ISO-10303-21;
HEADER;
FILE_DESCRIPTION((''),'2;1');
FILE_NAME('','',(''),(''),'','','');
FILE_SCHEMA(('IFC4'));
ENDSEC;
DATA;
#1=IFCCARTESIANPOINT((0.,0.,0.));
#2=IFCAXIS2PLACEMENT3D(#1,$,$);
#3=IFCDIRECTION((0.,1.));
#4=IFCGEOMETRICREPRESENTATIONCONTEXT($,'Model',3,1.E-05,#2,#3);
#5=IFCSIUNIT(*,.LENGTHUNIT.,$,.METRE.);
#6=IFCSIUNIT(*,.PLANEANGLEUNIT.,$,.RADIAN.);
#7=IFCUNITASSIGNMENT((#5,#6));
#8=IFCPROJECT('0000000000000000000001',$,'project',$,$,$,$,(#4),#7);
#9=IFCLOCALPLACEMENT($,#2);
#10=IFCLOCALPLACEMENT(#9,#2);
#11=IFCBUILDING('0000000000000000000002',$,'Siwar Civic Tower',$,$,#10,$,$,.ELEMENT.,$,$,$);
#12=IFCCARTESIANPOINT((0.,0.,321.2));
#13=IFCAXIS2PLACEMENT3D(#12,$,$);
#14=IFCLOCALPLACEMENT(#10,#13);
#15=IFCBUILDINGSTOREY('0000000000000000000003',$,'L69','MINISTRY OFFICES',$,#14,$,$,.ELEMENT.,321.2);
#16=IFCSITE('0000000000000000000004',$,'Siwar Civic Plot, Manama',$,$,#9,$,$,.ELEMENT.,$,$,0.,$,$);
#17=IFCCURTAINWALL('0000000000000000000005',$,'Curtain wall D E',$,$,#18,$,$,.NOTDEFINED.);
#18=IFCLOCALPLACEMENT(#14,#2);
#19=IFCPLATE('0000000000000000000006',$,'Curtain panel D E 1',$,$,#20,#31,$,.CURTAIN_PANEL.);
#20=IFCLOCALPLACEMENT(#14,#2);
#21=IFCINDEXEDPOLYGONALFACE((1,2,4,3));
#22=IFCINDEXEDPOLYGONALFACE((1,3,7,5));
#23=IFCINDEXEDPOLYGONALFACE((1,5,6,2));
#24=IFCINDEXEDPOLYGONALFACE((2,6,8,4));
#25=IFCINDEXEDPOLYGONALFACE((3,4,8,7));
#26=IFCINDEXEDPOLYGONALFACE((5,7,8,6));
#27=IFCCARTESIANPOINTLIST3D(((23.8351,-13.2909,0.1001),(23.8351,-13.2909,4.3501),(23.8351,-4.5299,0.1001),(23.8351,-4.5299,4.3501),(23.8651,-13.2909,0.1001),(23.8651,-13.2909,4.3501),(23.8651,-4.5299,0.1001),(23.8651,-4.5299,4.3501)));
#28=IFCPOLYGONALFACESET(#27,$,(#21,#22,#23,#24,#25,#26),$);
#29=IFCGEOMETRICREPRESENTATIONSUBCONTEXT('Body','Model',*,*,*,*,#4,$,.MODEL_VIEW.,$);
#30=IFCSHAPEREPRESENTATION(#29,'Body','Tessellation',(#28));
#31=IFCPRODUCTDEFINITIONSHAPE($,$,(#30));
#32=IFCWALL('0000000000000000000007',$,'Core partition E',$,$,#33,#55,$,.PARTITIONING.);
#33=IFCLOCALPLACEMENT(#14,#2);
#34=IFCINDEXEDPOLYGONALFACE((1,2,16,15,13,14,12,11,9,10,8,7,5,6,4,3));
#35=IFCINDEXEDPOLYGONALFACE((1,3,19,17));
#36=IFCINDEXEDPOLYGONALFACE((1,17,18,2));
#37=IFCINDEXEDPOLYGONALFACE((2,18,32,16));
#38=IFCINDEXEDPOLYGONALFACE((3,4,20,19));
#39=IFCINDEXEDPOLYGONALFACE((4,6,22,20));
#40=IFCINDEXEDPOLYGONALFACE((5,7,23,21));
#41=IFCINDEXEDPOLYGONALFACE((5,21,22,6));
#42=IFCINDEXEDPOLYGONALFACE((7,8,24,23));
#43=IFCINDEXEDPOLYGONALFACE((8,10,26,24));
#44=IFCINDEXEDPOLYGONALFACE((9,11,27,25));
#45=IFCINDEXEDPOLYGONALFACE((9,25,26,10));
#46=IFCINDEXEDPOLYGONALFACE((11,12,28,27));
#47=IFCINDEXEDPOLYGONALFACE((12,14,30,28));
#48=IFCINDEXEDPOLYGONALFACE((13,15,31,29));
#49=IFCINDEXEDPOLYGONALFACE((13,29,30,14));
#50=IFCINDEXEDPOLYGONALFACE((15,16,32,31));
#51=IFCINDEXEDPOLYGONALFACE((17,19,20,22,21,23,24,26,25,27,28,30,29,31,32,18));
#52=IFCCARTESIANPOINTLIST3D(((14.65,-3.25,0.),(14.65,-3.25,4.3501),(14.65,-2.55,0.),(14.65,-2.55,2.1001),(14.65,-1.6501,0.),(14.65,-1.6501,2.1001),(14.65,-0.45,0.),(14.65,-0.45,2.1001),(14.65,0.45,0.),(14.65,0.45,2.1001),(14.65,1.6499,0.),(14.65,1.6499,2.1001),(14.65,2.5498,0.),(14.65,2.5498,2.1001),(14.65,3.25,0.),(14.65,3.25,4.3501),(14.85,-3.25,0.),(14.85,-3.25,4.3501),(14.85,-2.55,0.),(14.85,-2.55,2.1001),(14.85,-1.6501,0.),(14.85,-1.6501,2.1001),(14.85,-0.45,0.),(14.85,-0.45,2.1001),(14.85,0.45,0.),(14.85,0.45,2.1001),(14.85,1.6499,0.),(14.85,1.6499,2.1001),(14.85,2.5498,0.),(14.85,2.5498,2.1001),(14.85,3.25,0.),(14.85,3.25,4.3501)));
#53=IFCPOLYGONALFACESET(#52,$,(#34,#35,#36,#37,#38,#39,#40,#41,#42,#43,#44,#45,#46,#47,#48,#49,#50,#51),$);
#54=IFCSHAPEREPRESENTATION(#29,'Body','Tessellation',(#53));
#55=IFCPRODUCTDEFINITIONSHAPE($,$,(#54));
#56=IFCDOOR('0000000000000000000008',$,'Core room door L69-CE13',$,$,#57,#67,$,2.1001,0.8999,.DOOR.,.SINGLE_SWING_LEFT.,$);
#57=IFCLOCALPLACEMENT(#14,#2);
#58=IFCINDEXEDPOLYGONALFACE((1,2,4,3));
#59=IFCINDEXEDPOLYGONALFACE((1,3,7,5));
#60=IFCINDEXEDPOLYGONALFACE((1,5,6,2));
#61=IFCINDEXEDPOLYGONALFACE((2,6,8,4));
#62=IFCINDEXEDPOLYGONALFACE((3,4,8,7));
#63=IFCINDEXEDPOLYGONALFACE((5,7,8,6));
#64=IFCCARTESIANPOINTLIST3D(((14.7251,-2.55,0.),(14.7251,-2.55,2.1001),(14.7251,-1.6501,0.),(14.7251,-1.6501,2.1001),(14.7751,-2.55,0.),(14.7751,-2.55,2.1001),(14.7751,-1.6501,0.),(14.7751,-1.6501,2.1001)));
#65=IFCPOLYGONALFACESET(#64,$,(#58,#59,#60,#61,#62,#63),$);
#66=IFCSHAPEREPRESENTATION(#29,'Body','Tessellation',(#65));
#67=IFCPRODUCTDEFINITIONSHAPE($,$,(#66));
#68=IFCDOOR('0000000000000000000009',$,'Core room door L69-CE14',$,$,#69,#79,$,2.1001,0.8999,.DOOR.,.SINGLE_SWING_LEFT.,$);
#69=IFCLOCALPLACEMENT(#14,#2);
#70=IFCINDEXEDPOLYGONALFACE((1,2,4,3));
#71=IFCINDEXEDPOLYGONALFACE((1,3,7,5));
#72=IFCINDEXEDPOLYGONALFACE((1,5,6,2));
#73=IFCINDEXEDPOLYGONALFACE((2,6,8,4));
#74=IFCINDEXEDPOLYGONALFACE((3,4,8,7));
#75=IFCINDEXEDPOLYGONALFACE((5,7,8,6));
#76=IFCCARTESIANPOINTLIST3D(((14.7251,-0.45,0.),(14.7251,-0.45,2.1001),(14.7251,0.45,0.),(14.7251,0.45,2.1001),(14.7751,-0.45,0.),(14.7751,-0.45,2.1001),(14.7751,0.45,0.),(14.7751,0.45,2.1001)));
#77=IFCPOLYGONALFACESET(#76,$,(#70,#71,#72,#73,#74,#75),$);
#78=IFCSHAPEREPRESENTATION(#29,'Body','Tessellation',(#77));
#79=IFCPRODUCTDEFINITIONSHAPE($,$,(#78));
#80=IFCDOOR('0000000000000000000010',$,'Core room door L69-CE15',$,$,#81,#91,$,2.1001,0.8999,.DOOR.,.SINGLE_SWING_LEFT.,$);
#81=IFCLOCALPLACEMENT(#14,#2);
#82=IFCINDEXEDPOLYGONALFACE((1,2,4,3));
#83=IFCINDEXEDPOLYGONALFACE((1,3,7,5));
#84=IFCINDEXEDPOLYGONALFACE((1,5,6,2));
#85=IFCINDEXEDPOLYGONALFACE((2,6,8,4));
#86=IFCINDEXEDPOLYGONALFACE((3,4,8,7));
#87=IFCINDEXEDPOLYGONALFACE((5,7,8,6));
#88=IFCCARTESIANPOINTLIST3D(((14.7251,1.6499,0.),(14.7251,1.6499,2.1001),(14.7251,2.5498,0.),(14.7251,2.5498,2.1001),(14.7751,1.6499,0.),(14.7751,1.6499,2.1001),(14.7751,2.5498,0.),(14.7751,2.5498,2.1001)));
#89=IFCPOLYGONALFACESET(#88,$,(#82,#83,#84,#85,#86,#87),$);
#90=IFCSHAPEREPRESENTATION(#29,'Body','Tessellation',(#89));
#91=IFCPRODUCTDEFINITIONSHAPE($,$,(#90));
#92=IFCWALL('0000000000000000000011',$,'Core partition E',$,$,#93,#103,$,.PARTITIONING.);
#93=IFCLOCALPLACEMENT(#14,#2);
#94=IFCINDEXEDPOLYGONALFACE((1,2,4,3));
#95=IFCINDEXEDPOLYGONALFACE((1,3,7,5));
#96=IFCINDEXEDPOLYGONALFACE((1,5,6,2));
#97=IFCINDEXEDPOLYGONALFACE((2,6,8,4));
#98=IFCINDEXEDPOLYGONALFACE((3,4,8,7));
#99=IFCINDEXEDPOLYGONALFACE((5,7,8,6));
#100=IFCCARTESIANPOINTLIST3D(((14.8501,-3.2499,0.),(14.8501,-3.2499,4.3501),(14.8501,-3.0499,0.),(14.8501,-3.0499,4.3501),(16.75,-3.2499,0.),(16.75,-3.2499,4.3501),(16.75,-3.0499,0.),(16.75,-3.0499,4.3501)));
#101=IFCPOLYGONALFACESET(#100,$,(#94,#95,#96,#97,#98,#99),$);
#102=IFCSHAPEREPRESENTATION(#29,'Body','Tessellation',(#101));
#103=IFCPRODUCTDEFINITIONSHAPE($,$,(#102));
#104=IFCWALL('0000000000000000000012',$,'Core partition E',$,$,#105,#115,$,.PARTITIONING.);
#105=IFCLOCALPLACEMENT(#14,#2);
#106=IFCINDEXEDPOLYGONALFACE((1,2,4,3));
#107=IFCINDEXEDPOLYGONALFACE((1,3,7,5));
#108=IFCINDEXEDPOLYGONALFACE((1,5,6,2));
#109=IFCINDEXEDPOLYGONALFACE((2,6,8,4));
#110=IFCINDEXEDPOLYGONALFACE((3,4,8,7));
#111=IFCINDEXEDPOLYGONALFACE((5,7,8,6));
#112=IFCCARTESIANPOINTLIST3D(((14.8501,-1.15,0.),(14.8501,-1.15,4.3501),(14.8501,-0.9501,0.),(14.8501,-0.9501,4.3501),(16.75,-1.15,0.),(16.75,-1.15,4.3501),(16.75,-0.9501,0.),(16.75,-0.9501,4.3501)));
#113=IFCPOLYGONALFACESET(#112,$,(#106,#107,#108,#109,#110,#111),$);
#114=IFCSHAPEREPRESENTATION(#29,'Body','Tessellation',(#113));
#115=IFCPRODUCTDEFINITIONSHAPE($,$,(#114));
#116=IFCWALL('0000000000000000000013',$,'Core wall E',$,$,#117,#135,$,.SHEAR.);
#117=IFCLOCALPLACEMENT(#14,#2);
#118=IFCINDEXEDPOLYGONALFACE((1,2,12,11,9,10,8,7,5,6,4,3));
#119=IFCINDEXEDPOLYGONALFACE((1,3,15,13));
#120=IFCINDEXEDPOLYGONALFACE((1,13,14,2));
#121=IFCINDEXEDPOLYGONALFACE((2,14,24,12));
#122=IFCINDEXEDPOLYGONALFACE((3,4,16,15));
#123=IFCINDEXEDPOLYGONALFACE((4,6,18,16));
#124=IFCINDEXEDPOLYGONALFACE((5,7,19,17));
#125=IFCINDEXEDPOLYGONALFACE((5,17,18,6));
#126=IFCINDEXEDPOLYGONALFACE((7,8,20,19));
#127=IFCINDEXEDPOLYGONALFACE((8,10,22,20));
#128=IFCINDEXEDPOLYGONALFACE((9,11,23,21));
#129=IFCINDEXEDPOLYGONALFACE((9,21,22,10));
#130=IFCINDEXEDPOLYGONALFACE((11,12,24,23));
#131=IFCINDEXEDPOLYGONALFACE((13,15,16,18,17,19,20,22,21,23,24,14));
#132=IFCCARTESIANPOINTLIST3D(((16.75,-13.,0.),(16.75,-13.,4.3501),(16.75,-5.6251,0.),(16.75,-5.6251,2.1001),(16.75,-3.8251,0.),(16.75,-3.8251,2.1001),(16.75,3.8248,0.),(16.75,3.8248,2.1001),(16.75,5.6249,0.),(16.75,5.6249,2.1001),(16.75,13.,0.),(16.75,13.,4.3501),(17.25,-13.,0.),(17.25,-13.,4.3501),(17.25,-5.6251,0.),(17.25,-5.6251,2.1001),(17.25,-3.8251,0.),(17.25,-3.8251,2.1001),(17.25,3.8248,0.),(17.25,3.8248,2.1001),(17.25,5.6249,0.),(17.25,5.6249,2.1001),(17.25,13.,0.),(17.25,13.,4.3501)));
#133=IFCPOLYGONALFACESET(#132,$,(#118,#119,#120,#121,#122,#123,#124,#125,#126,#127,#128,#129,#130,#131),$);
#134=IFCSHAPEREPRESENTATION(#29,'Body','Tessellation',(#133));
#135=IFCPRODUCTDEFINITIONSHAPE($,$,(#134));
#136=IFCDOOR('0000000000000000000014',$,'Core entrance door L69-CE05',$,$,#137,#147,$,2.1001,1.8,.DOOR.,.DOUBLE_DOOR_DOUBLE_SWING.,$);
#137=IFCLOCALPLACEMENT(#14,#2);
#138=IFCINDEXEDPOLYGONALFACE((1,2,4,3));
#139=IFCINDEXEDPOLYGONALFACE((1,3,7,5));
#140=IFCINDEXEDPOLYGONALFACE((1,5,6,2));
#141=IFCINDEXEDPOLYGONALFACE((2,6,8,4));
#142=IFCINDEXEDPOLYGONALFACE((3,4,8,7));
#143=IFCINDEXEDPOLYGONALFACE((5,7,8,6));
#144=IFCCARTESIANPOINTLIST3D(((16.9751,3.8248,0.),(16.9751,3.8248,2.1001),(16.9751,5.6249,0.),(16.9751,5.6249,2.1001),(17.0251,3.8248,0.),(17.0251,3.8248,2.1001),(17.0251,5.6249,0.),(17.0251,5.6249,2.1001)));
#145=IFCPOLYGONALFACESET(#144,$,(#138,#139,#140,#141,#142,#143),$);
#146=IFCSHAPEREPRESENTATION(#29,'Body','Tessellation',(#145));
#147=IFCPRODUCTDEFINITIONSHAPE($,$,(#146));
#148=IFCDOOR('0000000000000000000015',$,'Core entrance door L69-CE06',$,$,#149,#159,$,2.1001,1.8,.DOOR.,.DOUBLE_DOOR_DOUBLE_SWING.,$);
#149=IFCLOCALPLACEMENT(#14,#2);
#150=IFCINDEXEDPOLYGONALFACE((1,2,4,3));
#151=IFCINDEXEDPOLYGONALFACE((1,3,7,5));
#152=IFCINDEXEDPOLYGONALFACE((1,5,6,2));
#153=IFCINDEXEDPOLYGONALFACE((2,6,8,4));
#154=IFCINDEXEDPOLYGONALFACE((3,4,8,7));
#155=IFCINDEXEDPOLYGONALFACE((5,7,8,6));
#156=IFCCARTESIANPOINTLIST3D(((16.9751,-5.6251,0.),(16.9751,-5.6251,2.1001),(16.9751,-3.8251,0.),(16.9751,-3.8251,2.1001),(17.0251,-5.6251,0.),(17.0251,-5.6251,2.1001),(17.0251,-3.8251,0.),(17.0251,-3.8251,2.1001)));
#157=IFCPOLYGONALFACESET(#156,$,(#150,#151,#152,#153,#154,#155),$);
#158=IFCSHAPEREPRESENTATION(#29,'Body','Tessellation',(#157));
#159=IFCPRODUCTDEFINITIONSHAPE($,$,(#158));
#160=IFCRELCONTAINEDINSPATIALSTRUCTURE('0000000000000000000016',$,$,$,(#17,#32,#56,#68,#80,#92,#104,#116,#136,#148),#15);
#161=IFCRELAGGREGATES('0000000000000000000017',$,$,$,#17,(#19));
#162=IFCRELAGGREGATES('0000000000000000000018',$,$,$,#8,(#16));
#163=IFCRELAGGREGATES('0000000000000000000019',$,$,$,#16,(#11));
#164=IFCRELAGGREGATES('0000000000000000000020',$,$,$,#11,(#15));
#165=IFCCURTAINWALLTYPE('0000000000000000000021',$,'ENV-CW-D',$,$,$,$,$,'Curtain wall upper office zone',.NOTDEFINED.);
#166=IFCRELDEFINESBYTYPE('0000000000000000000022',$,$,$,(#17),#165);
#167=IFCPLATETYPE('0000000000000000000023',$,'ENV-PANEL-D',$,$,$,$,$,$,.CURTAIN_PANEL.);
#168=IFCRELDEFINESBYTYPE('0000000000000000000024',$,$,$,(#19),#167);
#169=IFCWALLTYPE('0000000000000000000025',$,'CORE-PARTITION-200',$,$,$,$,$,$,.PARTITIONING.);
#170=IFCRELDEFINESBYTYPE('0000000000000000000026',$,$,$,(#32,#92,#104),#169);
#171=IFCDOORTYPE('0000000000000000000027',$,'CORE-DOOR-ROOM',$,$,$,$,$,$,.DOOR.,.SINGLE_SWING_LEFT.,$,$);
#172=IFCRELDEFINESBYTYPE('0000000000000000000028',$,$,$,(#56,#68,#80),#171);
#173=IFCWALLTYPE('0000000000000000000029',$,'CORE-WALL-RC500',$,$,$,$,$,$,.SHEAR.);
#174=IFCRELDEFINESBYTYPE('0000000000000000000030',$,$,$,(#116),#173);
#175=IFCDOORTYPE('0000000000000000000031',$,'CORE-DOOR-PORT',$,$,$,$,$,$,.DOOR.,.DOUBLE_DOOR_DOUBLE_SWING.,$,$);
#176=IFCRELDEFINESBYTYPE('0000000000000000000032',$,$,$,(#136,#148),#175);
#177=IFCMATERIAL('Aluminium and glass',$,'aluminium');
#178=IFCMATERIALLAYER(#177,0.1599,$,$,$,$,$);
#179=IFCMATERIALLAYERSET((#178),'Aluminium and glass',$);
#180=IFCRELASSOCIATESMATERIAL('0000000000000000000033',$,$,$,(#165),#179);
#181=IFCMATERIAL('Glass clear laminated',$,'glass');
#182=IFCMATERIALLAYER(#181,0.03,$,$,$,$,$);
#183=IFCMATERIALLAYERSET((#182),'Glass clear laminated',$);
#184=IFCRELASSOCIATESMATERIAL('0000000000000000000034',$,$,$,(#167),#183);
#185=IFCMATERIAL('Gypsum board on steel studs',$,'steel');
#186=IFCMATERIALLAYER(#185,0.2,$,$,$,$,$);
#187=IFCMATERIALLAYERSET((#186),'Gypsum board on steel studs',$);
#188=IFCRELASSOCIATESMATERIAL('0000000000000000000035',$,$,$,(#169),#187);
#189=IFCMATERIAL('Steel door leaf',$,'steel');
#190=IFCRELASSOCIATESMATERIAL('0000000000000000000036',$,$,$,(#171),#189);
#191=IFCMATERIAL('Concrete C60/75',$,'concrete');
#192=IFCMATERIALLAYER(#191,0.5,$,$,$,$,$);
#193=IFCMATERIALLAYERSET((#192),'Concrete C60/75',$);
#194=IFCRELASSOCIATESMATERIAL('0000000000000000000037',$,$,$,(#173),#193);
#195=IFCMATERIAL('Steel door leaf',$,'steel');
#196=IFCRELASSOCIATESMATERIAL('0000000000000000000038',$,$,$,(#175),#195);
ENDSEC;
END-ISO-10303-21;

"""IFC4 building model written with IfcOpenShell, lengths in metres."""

from ifc_helpers import new_model, si_unit, direction, frame, frame_2d, origin, origin_2d, place, context, subcontext, project, spatial, rectangle, extrude, material, layer, layer_set, type_object, element, fill, aggregate, save


model = new_model("IFC4")

# Units and contexts
model_context = context("Model", 3, precision=1e-05, world=origin(), true_north=direction((0.0, 1.0)))
body_context = subcontext(model_context, "Body", "Model", "MODEL_VIEW")
ifc_project = project(units=[si_unit("LENGTHUNIT", "METRE"), si_unit("PLANEANGLEUNIT", "RADIAN")], contexts=[model_context])

# Site, building, storey
site_placement = place(None, origin())
site = spatial("IfcSite", under=ifc_project, at=site_placement, Name="Siwar Civic Plot, Manama", CompositionType="ELEMENT", RefElevation=0.0)
building_placement = place(site_placement, origin())
building = spatial("IfcBuilding", under=site, at=building_placement, Name="Siwar Civic Tower", CompositionType="ELEMENT")
storey_placement = place(building_placement, frame((0.0, 0.0, 321.2)))
storey = spatial("IfcBuildingStorey", under=building, at=storey_placement, Name="L69", Description="MINISTRY OFFICES", CompositionType="ELEMENT", Elevation=321.2)

# Curtain wall
ifc_material_1 = material(Name="Aluminium and glass", Category="aluminium")
ifc_layer_1 = layer(ifc_material_1, 0.1599)
ifc_layer_set_1 = layer_set([ifc_layer_1], Name="Aluminium and glass")
curtain_wall_type = type_object("IfcCurtainWallType", Name="ENV-CW-D", ElementType="Curtain wall upper office zone", PredefinedType="NOTDEFINED", material=ifc_layer_set_1)
curtain_wall_placement = place(storey_placement, origin())
curtain_wall = element("IfcCurtainWall", 1, at=curtain_wall_placement, inside=storey, type_object=curtain_wall_type, Name="Curtain wall D E", PredefinedType="NOTDEFINED")

# Plate
ifc_material_2 = material(Name="Glass clear laminated", Category="glass")
ifc_layer_2 = layer(ifc_material_2, 0.03)
ifc_layer_set_2 = layer_set([ifc_layer_2], Name="Glass clear laminated")
plate_type = type_object("IfcPlateType", Name="ENV-PANEL-D", PredefinedType="CURTAIN_PANEL", material=ifc_layer_set_2)
plate_placement = place(storey_placement, frame((23.8501, -8.9104, 0.1001), z_axis=(0.0, 0.0, 1.0), x_axis=(0.0, 1.0, 0.0)))
plate = element("IfcPlate", 2, at=plate_placement, type_object=plate_type, Name="Curtain panel D E 1", PredefinedType="CURTAIN_PANEL", context=body_context, shape_type="SweptSolid", body=[
    extrude(rectangle(XDim=8.761, YDim=0.03, at=origin_2d()), origin(), (0.0, 0.0, 1.0), 4.25),
])
aggregate(curtain_wall, [plate])

# Wall, openings, doors
ifc_material_3 = material(Name="Gypsum board on steel studs", Category="steel")
ifc_layer_3 = layer(ifc_material_3, 0.2)
ifc_layer_set_3 = layer_set([ifc_layer_3], Name="Gypsum board on steel studs")
wall_type_1 = type_object("IfcWallType", Name="CORE-PARTITION-200", PredefinedType="PARTITIONING", material=ifc_layer_set_3)
wall_1_placement = place(storey_placement, frame((14.75, -3.25, 0.0), z_axis=(0.0, 0.0, 1.0), x_axis=(0.0, 1.0, 0.0)))
wall_1 = element("IfcWall", 3, at=wall_1_placement, inside=storey, type_object=wall_type_1, Name="Core partition E", PredefinedType="PARTITIONING", context=body_context, shape_type="SweptSolid", body=[
    extrude(rectangle(XDim=6.5, YDim=0.2, at=frame_2d((3.25, 0.0))), origin(), (0.0, 0.0, 1.0), 4.3501),
])
opening_1_placement = place(wall_1_placement, frame((0.7, 0.0, 0.0)))
opening_1 = element("IfcOpeningElement", 4, at=opening_1_placement, cuts=wall_1, PredefinedType="OPENING", context=body_context, shape_type="SweptSolid", body=[
    extrude(rectangle(XDim=0.8999, YDim=2.1001, at=frame_2d((0.45, 1.05))), frame((0.0, 0.1099, 0.0), z_axis=(0.0, -1.0, 0.0), x_axis=(1.0, 0.0, 0.0)), (0.0, 0.0, 1.0), 0.22),
])
opening_2_placement = place(wall_1_placement, frame((2.8, 0.0, 0.0)))
opening_2 = element("IfcOpeningElement", 5, at=opening_2_placement, cuts=wall_1, PredefinedType="OPENING", context=body_context, shape_type="SweptSolid", body=[
    extrude(rectangle(XDim=0.8999, YDim=2.1001, at=frame_2d((0.45, 1.05))), frame((0.0, 0.1099, 0.0), z_axis=(0.0, -1.0, 0.0), x_axis=(1.0, 0.0, 0.0)), (0.0, 0.0, 1.0), 0.22),
])
opening_3_placement = place(wall_1_placement, frame((4.8999, 0.0, 0.0)))
opening_3 = element("IfcOpeningElement", 6, at=opening_3_placement, cuts=wall_1, PredefinedType="OPENING", context=body_context, shape_type="SweptSolid", body=[
    extrude(rectangle(XDim=0.8999, YDim=2.1001, at=frame_2d((0.45, 1.05))), frame((0.0, 0.1099, 0.0), z_axis=(0.0, -1.0, 0.0), x_axis=(1.0, 0.0, 0.0)), (0.0, 0.0, 1.0), 0.22),
])
ifc_material_4 = material(Name="Steel door leaf", Category="steel")
door_type_1 = type_object("IfcDoorType", Name="CORE-DOOR-ROOM", OperationType="SINGLE_SWING_LEFT", PredefinedType="DOOR", material=ifc_material_4)
door_1_placement = place(opening_1_placement, origin())
door_1 = element("IfcDoor", 7, at=door_1_placement, inside=storey, type_object=door_type_1, Name="Core room door L69-CE13", OperationType="SINGLE_SWING_LEFT", OverallHeight=2.1001, OverallWidth=0.8999, PredefinedType="DOOR", context=body_context, shape_type="SweptSolid", body=[
    extrude(rectangle(XDim=0.8999, YDim=2.1001, at=frame_2d((0.45, 1.05))), frame((0.0, 0.0249, 0.0), z_axis=(0.0, -1.0, 0.0), x_axis=(1.0, 0.0, 0.0)), (0.0, 0.0, 1.0), 0.05),
])
fill(opening_1, door_1)
door_2_placement = place(opening_2_placement, origin())
door_2 = element("IfcDoor", 8, at=door_2_placement, inside=storey, type_object=door_type_1, Name="Core room door L69-CE14", OperationType="SINGLE_SWING_LEFT", OverallHeight=2.1001, OverallWidth=0.8999, PredefinedType="DOOR", context=body_context, shape_type="SweptSolid", body=[
    extrude(rectangle(XDim=0.8999, YDim=2.1001, at=frame_2d((0.45, 1.05))), frame((0.0, 0.0249, 0.0), z_axis=(0.0, -1.0, 0.0), x_axis=(1.0, 0.0, 0.0)), (0.0, 0.0, 1.0), 0.05),
])
fill(opening_2, door_2)
door_3_placement = place(opening_3_placement, origin())
door_3 = element("IfcDoor", 9, at=door_3_placement, inside=storey, type_object=door_type_1, Name="Core room door L69-CE15", OperationType="SINGLE_SWING_LEFT", OverallHeight=2.1001, OverallWidth=0.8999, PredefinedType="DOOR", context=body_context, shape_type="SweptSolid", body=[
    extrude(rectangle(XDim=0.8999, YDim=2.1001, at=frame_2d((0.45, 1.05))), frame((0.0, 0.0249, 0.0), z_axis=(0.0, -1.0, 0.0), x_axis=(1.0, 0.0, 0.0)), (0.0, 0.0, 1.0), 0.05),
])
fill(opening_3, door_3)

# Walls
for number, where, z_axis, x_axis, name in (
    (10, (14.8501, -3.1499, 0.0), (0.0, 0.0, 1.0), (1.0, 0.0, 0.0), "Core partition E"),
    (11, (14.8501, -1.05, 0.0), (0.0, 0.0, 1.0), (1.0, 0.0, 0.0), "Core partition E"),
):
    element("IfcWall", number, at=place(storey_placement, frame(where, z_axis=z_axis, x_axis=x_axis)), inside=storey, type_object=wall_type_1, Name=name, PredefinedType="PARTITIONING", context=body_context, shape_type="SweptSolid", body=[
        extrude(rectangle(XDim=1.8999, YDim=0.2, at=frame_2d((0.95, 0.0))), origin(), (0.0, 0.0, 1.0), 4.3501),
    ])

# Wall, openings, doors
ifc_material_5 = material(Name="Concrete C60/75", Category="concrete")
ifc_layer_4 = layer(ifc_material_5, 0.5)
ifc_layer_set_4 = layer_set([ifc_layer_4], Name="Concrete C60/75")
wall_type_2 = type_object("IfcWallType", Name="CORE-WALL-RC500", PredefinedType="SHEAR", material=ifc_layer_set_4)
wall_2_placement = place(storey_placement, frame((17.0, -13.0, 0.0), z_axis=(0.0, 0.0, 1.0), x_axis=(0.0, 1.0, 0.0)))
wall_2 = element("IfcWall", 12, at=wall_2_placement, inside=storey, type_object=wall_type_2, Name="Core wall E", PredefinedType="SHEAR", context=body_context, shape_type="SweptSolid", body=[
    extrude(rectangle(XDim=26.0, YDim=0.5, at=frame_2d((13.0, 0.0))), origin(), (0.0, 0.0, 1.0), 4.3501),
])
opening_4_placement = place(wall_2_placement, frame((16.825, 0.0, 0.0)))
opening_4 = element("IfcOpeningElement", 13, at=opening_4_placement, cuts=wall_2, PredefinedType="OPENING", context=body_context, shape_type="SweptSolid", body=[
    extrude(rectangle(XDim=1.8, YDim=2.1001, at=frame_2d((0.8999, 1.05))), frame((0.0, 0.26, 0.0), z_axis=(0.0, -1.0, 0.0), x_axis=(1.0, 0.0, 0.0)), (0.0, 0.0, 1.0), 0.52),
])
opening_5_placement = place(wall_2_placement, frame((7.375, 0.0, 0.0)))
opening_5 = element("IfcOpeningElement", 14, at=opening_5_placement, cuts=wall_2, PredefinedType="OPENING", context=body_context, shape_type="SweptSolid", body=[
    extrude(rectangle(XDim=1.8, YDim=2.1001, at=frame_2d((0.8999, 1.05))), frame((0.0, 0.26, 0.0), z_axis=(0.0, -1.0, 0.0), x_axis=(1.0, 0.0, 0.0)), (0.0, 0.0, 1.0), 0.52),
])
ifc_material_6 = material(Name="Steel door leaf", Category="steel")
door_type_2 = type_object("IfcDoorType", Name="CORE-DOOR-PORT", OperationType="DOUBLE_DOOR_DOUBLE_SWING", PredefinedType="DOOR", material=ifc_material_6)
door_4_placement = place(opening_4_placement, origin())
door_4 = element("IfcDoor", 15, at=door_4_placement, inside=storey, type_object=door_type_2, Name="Core entrance door L69-CE05", OperationType="DOUBLE_DOOR_DOUBLE_SWING", OverallHeight=2.1001, OverallWidth=1.8, PredefinedType="DOOR", context=body_context, shape_type="SweptSolid", body=[
    extrude(rectangle(XDim=1.8, YDim=2.1001, at=frame_2d((0.8999, 1.05))), frame((0.0, 0.0249, 0.0), z_axis=(0.0, -1.0, 0.0), x_axis=(1.0, 0.0, 0.0)), (0.0, 0.0, 1.0), 0.05),
])
fill(opening_4, door_4)
door_5_placement = place(opening_5_placement, origin())
door_5 = element("IfcDoor", 16, at=door_5_placement, inside=storey, type_object=door_type_2, Name="Core entrance door L69-CE06", OperationType="DOUBLE_DOOR_DOUBLE_SWING", OverallHeight=2.1001, OverallWidth=1.8, PredefinedType="DOOR", context=body_context, shape_type="SweptSolid", body=[
    extrude(rectangle(XDim=1.8, YDim=2.1001, at=frame_2d((0.8999, 1.05))), frame((0.0, 0.0249, 0.0), z_axis=(0.0, -1.0, 0.0), x_axis=(1.0, 0.0, 0.0)), (0.0, 0.0, 1.0), 0.05),
])
fill(opening_5, door_5)

save(model, "model.ifc")
